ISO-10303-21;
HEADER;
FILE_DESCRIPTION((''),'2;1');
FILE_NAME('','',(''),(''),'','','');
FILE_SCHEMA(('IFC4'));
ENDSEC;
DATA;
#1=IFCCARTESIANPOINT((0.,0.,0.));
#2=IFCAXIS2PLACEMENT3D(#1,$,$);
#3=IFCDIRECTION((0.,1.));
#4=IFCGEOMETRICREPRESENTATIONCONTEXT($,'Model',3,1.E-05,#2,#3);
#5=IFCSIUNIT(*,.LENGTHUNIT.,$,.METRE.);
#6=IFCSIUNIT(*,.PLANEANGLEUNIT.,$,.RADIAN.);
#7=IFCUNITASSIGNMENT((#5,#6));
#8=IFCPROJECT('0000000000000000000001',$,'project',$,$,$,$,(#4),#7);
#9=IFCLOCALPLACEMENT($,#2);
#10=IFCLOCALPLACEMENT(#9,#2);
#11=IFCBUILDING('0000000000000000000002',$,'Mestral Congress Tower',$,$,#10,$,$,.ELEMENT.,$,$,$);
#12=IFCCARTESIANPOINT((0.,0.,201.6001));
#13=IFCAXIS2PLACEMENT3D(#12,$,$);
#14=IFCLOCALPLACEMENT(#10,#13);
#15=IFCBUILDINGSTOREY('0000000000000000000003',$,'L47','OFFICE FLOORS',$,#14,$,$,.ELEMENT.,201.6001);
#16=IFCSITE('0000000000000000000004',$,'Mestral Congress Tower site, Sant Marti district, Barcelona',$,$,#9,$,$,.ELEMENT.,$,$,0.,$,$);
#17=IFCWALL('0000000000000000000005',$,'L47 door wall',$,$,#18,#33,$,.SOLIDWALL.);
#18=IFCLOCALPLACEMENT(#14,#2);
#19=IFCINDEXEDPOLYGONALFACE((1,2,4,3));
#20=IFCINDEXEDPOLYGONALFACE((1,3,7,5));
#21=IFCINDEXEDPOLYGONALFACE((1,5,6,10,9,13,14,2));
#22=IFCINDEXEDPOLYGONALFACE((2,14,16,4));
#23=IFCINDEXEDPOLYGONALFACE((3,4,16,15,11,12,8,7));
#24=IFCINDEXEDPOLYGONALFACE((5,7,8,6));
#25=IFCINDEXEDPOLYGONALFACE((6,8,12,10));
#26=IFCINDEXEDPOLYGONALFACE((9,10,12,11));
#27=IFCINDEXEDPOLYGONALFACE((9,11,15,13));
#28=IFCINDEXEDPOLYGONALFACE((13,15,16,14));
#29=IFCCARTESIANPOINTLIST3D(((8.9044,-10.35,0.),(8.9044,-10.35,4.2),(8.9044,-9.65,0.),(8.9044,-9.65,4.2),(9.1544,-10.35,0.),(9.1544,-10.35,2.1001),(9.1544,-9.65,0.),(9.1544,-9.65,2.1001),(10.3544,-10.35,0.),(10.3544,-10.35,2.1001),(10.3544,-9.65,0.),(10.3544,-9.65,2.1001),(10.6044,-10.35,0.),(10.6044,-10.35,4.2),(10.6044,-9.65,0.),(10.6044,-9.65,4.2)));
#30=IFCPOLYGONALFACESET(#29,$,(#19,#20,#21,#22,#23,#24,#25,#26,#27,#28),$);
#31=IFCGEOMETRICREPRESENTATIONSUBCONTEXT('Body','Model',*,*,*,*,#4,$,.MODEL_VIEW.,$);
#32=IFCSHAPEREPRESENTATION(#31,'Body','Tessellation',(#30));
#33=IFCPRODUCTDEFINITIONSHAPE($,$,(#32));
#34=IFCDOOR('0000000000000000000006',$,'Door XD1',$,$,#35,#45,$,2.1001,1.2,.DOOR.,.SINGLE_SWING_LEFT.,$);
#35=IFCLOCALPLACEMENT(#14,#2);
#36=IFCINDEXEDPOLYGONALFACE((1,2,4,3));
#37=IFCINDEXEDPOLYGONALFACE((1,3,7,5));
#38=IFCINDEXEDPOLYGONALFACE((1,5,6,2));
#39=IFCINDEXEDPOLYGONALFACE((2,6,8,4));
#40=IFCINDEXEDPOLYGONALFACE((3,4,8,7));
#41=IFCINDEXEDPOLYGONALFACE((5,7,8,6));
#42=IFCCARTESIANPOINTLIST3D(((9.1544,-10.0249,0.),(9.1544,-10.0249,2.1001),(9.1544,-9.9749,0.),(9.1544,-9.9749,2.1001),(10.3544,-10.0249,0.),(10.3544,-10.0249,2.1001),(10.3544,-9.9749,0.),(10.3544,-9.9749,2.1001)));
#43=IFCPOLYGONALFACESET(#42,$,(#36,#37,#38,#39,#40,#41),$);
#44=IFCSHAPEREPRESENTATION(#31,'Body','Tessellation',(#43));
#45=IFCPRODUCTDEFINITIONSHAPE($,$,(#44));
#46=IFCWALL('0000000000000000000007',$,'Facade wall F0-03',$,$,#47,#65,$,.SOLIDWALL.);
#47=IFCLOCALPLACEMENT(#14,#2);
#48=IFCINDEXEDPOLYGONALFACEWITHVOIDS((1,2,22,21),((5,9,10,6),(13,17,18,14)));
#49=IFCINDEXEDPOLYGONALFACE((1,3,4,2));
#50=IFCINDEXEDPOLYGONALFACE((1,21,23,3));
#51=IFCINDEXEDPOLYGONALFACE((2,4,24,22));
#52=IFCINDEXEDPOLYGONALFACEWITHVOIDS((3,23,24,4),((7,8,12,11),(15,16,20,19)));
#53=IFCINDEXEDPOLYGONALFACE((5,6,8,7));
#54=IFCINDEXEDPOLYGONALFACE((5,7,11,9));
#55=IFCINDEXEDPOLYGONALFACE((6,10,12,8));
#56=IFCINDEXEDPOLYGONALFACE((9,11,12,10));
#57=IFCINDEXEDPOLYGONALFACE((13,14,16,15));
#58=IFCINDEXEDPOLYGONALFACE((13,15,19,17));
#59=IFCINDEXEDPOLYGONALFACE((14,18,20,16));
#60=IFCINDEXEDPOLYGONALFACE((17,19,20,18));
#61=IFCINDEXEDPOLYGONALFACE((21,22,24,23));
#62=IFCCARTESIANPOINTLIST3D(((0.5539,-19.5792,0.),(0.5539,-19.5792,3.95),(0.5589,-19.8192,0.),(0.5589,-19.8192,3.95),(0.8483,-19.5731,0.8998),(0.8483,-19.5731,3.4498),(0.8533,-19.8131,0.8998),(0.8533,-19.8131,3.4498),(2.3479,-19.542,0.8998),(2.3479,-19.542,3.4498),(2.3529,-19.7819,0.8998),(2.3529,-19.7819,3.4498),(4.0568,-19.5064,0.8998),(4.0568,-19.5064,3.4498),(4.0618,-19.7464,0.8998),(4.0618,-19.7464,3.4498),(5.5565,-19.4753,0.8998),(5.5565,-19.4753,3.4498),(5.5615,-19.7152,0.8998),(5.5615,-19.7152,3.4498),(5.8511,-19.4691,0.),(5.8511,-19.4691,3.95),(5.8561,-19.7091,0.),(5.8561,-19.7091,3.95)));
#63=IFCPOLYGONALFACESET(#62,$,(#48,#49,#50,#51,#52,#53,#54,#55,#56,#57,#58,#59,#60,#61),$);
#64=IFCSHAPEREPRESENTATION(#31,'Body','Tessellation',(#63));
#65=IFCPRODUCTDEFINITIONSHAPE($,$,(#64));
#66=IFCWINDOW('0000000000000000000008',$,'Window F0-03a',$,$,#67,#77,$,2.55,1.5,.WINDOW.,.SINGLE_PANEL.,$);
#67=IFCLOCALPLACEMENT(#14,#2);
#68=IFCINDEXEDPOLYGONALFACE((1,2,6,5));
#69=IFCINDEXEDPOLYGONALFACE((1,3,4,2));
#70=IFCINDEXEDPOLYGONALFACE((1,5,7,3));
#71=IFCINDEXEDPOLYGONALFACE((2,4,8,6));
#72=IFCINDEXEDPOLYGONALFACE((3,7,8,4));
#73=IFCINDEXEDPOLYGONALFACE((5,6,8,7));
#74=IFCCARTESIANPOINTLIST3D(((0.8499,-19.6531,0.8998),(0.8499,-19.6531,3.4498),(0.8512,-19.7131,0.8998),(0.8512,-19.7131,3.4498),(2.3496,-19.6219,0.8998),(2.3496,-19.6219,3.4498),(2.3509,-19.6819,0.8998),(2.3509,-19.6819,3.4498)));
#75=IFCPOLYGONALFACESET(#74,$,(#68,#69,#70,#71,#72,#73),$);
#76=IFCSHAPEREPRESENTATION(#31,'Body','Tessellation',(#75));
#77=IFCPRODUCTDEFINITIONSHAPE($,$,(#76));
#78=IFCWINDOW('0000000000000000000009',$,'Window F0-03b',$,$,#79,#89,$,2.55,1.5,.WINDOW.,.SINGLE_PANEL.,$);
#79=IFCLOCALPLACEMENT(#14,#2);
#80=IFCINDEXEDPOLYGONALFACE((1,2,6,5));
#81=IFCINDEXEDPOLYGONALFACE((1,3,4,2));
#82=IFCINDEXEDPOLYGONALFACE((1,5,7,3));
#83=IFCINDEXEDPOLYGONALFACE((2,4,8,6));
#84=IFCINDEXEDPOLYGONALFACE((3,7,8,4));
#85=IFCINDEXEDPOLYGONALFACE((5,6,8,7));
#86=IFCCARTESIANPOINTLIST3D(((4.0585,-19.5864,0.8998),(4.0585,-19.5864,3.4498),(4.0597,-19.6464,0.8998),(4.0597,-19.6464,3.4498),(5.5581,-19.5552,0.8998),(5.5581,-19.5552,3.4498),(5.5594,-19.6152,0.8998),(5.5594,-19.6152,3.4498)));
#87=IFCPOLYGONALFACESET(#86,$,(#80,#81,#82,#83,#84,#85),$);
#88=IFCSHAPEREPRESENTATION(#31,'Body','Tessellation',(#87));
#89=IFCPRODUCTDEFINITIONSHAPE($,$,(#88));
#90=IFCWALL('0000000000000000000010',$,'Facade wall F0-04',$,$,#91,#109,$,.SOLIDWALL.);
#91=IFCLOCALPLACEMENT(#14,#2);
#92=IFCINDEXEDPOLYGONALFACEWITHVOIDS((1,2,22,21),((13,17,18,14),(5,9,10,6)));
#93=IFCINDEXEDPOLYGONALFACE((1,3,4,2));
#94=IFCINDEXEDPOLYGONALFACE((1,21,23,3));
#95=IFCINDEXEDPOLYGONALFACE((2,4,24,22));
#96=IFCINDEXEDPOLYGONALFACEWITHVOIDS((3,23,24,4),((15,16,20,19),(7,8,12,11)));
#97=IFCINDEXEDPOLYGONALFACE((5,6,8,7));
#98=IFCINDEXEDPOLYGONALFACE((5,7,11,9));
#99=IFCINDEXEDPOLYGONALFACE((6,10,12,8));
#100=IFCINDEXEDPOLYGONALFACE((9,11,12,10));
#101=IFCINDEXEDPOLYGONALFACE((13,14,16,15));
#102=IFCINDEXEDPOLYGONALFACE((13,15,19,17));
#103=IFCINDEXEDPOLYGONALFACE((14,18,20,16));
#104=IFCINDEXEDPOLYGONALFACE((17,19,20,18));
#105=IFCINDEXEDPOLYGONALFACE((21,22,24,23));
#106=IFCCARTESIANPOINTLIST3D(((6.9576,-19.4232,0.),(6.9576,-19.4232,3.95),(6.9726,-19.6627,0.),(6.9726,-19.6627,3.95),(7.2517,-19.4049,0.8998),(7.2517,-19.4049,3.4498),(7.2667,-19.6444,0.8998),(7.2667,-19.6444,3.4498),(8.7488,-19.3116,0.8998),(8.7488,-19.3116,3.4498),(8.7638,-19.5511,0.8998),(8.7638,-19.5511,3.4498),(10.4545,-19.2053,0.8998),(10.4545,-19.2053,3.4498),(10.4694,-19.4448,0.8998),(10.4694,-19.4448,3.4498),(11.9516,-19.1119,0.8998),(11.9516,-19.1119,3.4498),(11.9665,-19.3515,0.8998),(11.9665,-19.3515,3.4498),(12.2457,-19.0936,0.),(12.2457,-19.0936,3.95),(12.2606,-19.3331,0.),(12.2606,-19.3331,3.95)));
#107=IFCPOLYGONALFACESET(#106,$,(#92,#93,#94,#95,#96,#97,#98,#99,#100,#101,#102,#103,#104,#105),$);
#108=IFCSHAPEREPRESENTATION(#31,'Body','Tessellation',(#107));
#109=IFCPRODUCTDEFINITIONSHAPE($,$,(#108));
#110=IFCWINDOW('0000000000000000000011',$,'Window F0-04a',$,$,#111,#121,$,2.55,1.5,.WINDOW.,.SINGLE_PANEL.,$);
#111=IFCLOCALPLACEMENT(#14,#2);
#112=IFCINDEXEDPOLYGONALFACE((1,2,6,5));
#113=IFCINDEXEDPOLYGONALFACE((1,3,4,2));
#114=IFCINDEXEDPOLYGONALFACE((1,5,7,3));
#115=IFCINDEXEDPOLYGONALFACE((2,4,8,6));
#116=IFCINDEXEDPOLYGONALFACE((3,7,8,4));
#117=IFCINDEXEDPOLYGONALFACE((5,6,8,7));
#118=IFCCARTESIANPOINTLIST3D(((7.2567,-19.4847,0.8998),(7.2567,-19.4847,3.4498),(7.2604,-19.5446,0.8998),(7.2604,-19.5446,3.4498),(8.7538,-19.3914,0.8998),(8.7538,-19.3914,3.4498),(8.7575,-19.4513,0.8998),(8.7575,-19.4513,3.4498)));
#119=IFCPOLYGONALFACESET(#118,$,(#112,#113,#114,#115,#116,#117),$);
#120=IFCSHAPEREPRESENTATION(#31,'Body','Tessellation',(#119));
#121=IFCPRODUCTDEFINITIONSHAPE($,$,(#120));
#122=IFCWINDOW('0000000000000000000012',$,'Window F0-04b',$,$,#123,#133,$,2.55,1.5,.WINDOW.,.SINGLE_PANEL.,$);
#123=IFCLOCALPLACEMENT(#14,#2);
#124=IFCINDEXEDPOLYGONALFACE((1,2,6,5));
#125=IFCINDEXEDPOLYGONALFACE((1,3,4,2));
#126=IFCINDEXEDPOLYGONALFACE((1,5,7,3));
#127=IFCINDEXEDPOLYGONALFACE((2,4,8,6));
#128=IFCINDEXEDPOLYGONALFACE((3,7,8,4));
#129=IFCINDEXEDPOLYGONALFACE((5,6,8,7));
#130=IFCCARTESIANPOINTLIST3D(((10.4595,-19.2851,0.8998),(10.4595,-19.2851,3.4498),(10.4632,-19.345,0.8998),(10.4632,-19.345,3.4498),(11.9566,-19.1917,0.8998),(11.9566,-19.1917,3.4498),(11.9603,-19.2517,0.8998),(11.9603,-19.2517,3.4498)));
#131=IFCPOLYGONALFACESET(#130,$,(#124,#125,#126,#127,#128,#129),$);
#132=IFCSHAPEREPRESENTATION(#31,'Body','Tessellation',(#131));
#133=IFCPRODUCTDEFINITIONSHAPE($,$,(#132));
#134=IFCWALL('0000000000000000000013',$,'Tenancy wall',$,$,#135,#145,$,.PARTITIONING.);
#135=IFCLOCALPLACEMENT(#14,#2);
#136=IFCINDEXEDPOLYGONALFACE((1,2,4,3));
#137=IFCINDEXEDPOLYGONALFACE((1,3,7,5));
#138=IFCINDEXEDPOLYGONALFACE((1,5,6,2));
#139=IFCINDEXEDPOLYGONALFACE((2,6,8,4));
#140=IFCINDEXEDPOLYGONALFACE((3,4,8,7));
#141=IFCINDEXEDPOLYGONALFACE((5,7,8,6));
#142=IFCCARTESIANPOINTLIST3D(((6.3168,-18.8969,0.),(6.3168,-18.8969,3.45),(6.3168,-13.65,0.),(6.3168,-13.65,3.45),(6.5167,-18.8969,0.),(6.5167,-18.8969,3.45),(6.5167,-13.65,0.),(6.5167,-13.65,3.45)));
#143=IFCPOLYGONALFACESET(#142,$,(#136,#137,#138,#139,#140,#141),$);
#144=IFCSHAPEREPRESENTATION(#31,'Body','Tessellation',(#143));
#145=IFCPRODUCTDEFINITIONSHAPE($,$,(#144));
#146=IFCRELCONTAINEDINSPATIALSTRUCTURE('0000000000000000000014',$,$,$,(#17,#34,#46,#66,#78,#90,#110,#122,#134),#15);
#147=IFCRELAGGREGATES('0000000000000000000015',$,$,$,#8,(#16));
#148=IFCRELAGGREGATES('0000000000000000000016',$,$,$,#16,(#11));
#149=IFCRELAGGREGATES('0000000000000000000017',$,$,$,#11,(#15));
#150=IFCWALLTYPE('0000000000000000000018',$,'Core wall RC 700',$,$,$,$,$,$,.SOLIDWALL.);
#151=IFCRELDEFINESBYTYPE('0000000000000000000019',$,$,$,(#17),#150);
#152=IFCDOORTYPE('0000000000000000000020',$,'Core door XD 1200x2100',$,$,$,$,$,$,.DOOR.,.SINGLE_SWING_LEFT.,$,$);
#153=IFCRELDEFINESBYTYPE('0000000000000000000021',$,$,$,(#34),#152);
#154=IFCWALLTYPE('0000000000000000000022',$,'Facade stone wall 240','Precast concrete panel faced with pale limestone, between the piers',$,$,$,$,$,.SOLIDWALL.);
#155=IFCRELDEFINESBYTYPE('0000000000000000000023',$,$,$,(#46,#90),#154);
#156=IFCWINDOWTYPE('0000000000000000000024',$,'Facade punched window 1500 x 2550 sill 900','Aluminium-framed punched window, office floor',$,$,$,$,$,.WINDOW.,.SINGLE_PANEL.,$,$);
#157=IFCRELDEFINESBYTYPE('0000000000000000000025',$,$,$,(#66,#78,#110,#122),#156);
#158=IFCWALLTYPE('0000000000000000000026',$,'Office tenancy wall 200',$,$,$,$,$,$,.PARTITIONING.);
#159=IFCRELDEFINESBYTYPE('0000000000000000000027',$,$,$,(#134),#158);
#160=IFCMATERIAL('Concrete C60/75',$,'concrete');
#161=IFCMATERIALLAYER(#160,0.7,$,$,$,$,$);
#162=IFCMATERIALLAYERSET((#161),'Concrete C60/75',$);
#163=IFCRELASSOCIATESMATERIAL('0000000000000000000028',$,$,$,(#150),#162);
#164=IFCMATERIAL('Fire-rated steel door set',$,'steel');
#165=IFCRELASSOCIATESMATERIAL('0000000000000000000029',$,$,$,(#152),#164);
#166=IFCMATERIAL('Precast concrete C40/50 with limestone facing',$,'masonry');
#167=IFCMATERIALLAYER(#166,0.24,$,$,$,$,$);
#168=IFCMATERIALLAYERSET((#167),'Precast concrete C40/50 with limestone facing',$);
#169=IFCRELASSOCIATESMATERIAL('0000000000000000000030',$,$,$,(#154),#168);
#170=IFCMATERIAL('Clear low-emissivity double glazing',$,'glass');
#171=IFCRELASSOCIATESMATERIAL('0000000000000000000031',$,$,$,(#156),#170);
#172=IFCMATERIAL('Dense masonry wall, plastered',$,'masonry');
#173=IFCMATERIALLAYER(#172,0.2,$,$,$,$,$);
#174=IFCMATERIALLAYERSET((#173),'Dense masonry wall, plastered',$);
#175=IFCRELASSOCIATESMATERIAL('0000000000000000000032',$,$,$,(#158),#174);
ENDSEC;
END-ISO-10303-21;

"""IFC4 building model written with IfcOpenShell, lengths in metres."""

from ifc_helpers import new_model, si_unit, direction, frame, frame_2d, origin, place, context, subcontext, project, spatial, rectangle, extrude, material, layer, layer_set, type_object, element, fill, save


model = new_model("IFC4")

# Units and contexts
model_context = context("Model", 3, precision=1e-05, world=origin(), true_north=direction((0.0, 1.0)))
body_context = subcontext(model_context, "Body", "Model", "MODEL_VIEW")
ifc_project = project(units=[si_unit("LENGTHUNIT", "METRE"), si_unit("PLANEANGLEUNIT", "RADIAN")], contexts=[model_context])

# Site, building, storey
site_placement = place(None, origin())
site = spatial("IfcSite", under=ifc_project, at=site_placement, Name="Mestral Congress Tower site, Sant Marti district, Barcelona", CompositionType="ELEMENT", RefElevation=0.0)
building_placement = place(site_placement, origin())
building = spatial("IfcBuilding", under=site, at=building_placement, Name="Mestral Congress Tower", CompositionType="ELEMENT")
storey_placement = place(building_placement, frame((0.0, 0.0, 201.6001)))
storey = spatial("IfcBuildingStorey", under=building, at=storey_placement, Name="L47", Description="OFFICE FLOORS", CompositionType="ELEMENT", Elevation=201.6001)

# Shared definitions
ifc_material_1 = material(Name="Concrete C60/75", Category="concrete")

# Shared definitions
ifc_material_2 = material(Name="Fire-rated steel door set", Category="steel")

# Shared definitions
ifc_layer_1 = layer(ifc_material_1, 0.7)
ifc_layer_set_1 = layer_set([ifc_layer_1], Name="Concrete C60/75")
wall_type_1 = type_object("IfcWallType", Name="Core wall RC 700", PredefinedType="SOLIDWALL", material=ifc_layer_set_1)

# Wall, opening, door
wall_1_placement = place(storey_placement, frame((10.6045, -10.0, 0.0), z_axis=(0.0, 0.0, 1.0), x_axis=(-1.0, 0.0, 0.0)))
wall_1 = element("IfcWall", 1, at=wall_1_placement, inside=storey, type_object=wall_type_1, Name="L47 door wall", PredefinedType="SOLIDWALL", context=body_context, shape_type="SweptSolid", body=[
    extrude(rectangle(XDim=1.7, YDim=0.7, at=frame_2d((0.8501, 0.0))), origin(), (0.0, 0.0, 1.0), 4.2),
])
opening_1_placement = place(wall_1_placement, frame((0.25, 0.0, 0.0)))
opening_1 = element("IfcOpeningElement", 2, at=opening_1_placement, cuts=wall_1, PredefinedType="OPENING", context=body_context, shape_type="SweptSolid", body=[
    extrude(rectangle(XDim=1.2, YDim=2.1001, at=frame_2d((0.6001, 1.05))), frame((0.0, 0.3599, 0.0), z_axis=(0.0, -1.0, 0.0), x_axis=(1.0, 0.0, 0.0)), (0.0, 0.0, 1.0), 0.72),
])
door_type_1 = type_object("IfcDoorType", Name="Core door XD 1200x2100", OperationType="SINGLE_SWING_LEFT", PredefinedType="DOOR", material=ifc_material_2)
door_1_placement = place(opening_1_placement, origin())
door_1 = element("IfcDoor", 3, at=door_1_placement, inside=storey, type_object=door_type_1, Name="Door XD1", OperationType="SINGLE_SWING_LEFT", OverallHeight=2.1001, OverallWidth=1.2, PredefinedType="DOOR", context=body_context, shape_type="SweptSolid", body=[
    extrude(rectangle(XDim=1.2, YDim=2.1001, at=frame_2d((0.6001, 1.05))), frame((0.0, 0.0249, 0.0), z_axis=(0.0, -1.0, 0.0), x_axis=(1.0, 0.0, 0.0)), (0.0, 0.0, 1.0), 0.05),
])
fill(opening_1, door_1)

# Walls, openings, windows
ifc_material_3 = material(Name="Precast concrete C40/50 with limestone facing", Category="masonry")
ifc_layer_2 = layer(ifc_material_3, 0.24)
ifc_layer_set_2 = layer_set([ifc_layer_2], Name="Precast concrete C40/50 with limestone facing")
wall_type_2 = type_object("IfcWallType", Name="Facade stone wall 240", Description="Precast concrete panel faced with pale limestone, between the piers", PredefinedType="SOLIDWALL", material=ifc_layer_set_2)
wall_2_placement = place(storey_placement, frame((0.5564, -19.6992, 0.0), z_axis=(0.0, 0.0, 1.0), x_axis=(0.999784, 0.020782, 0.0)))
wall_2 = element("IfcWall", 4, at=wall_2_placement, inside=storey, type_object=wall_type_2, Name="Facade wall F0-03", PredefinedType="SOLIDWALL", context=body_context, shape_type="SweptSolid", body=[
    extrude(rectangle(XDim=5.2983, YDim=0.24, at=frame_2d((2.6492, 0.0))), origin(), (0.0, 0.0, 1.0), 3.95),
])
opening_2_placement = place(wall_2_placement, frame((0.2944, 0.0, 0.8999)))
opening_2 = element("IfcOpeningElement", 5, at=opening_2_placement, cuts=wall_2, PredefinedType="OPENING", context=body_context, shape_type="SweptSolid", body=[
    extrude(rectangle(XDim=1.5, YDim=2.55, at=frame_2d((0.75, 1.2749))), frame((0.0, 0.1299, 0.0), z_axis=(0.0, -1.0, 0.0), x_axis=(1.0, 0.0, 0.0)), (0.0, 0.0, 1.0), 0.26),
])
opening_3_placement = place(wall_2_placement, frame((3.5037, 0.0, 0.8999)))
opening_3 = element("IfcOpeningElement", 6, at=opening_3_placement, cuts=wall_2, PredefinedType="OPENING", context=body_context, shape_type="SweptSolid", body=[
    extrude(rectangle(XDim=1.5, YDim=2.55, at=frame_2d((0.75, 1.2749))), frame((0.0, 0.1299, 0.0), z_axis=(0.0, -1.0, 0.0), x_axis=(1.0, 0.0, 0.0)), (0.0, 0.0, 1.0), 0.26),
])
ifc_material_4 = material(Name="Clear low-emissivity double glazing", Category="glass")
window_type = type_object("IfcWindowType", Name="Facade punched window 1500 x 2550 sill 900", Description="Aluminium-framed punched window, office floor", PartitioningType="SINGLE_PANEL", PredefinedType="WINDOW", material=ifc_material_4)
window_1_placement = place(opening_2_placement, origin())
window_1 = element("IfcWindow", 7, at=window_1_placement, inside=storey, type_object=window_type, Name="Window F0-03a", OverallHeight=2.55, OverallWidth=1.5, PartitioningType="SINGLE_PANEL", PredefinedType="WINDOW", context=body_context, shape_type="SweptSolid", body=[
    extrude(rectangle(XDim=1.5, YDim=2.55, at=frame_2d((0.75, 1.2749))), frame((0.0, 0.04, 0.0), z_axis=(0.0, -1.0, 0.0), x_axis=(1.0, 0.0, 0.0)), (0.0, 0.0, 1.0), 0.0601),
])
fill(opening_2, window_1)
window_2_placement = place(opening_3_placement, origin())
window_2 = element("IfcWindow", 8, at=window_2_placement, inside=storey, type_object=window_type, Name="Window F0-03b", OverallHeight=2.55, OverallWidth=1.5, PartitioningType="SINGLE_PANEL", PredefinedType="WINDOW", context=body_context, shape_type="SweptSolid", body=[
    extrude(rectangle(XDim=1.5, YDim=2.55, at=frame_2d((0.75, 1.2749))), frame((0.0, 0.04, 0.0), z_axis=(0.0, -1.0, 0.0), x_axis=(1.0, 0.0, 0.0)), (0.0, 0.0, 1.0), 0.0601),
])
fill(opening_3, window_2)
wall_3_placement = place(storey_placement, frame((6.9651, -19.543, 0.0), z_axis=(0.0, 0.0, 1.0), x_axis=(0.998063, 0.062206, 0.0)))
wall_3 = element("IfcWall", 9, at=wall_3_placement, inside=storey, type_object=wall_type_2, Name="Facade wall F0-04", PredefinedType="SOLIDWALL", context=body_context, shape_type="SweptSolid", body=[
    extrude(rectangle(XDim=5.2983, YDim=0.24, at=frame_2d((2.6492, 0.0))), origin(), (0.0, 0.0, 1.0), 3.95),
])
opening_4_placement = place(wall_3_placement, frame((0.2947, 0.0, 0.8999)))
opening_4 = element("IfcOpeningElement", 10, at=opening_4_placement, cuts=wall_3, PredefinedType="OPENING", context=body_context, shape_type="SweptSolid", body=[
    extrude(rectangle(XDim=1.5, YDim=2.55, at=frame_2d((0.75, 1.2749))), frame((0.0, 0.1299, 0.0), z_axis=(0.0, -1.0, 0.0), x_axis=(1.0, 0.0, 0.0)), (0.0, 0.0, 1.0), 0.26),
])
opening_5_placement = place(wall_3_placement, frame((3.5037, 0.0, 0.8999)))
opening_5 = element("IfcOpeningElement", 11, at=opening_5_placement, cuts=wall_3, PredefinedType="OPENING", context=body_context, shape_type="SweptSolid", body=[
    extrude(rectangle(XDim=1.5, YDim=2.55, at=frame_2d((0.75, 1.2749))), frame((0.0, 0.1299, 0.0), z_axis=(0.0, -1.0, 0.0), x_axis=(1.0, 0.0, 0.0)), (0.0, 0.0, 1.0), 0.26),
])
window_3_placement = place(opening_4_placement, origin())
window_3 = element("IfcWindow", 12, at=window_3_placement, inside=storey, type_object=window_type, Name="Window F0-04a", OverallHeight=2.55, OverallWidth=1.5, PartitioningType="SINGLE_PANEL", PredefinedType="WINDOW", context=body_context, shape_type="SweptSolid", body=[
    extrude(rectangle(XDim=1.5, YDim=2.55, at=frame_2d((0.75, 1.2749))), frame((0.0, 0.04, 0.0), z_axis=(0.0, -1.0, 0.0), x_axis=(1.0, 0.0, 0.0)), (0.0, 0.0, 1.0), 0.0601),
])
fill(opening_4, window_3)
window_4_placement = place(opening_5_placement, origin())
window_4 = element("IfcWindow", 13, at=window_4_placement, inside=storey, type_object=window_type, Name="Window F0-04b", OverallHeight=2.55, OverallWidth=1.5, PartitioningType="SINGLE_PANEL", PredefinedType="WINDOW", context=body_context, shape_type="SweptSolid", body=[
    extrude(rectangle(XDim=1.5, YDim=2.55, at=frame_2d((0.75, 1.2749))), frame((0.0, 0.04, 0.0), z_axis=(0.0, -1.0, 0.0), x_axis=(1.0, 0.0, 0.0)), (0.0, 0.0, 1.0), 0.0601),
])
fill(opening_5, window_4)

# Wall
ifc_material_5 = material(Name="Dense masonry wall, plastered", Category="masonry")
ifc_layer_3 = layer(ifc_material_5, 0.2)
ifc_layer_set_3 = layer_set([ifc_layer_3], Name="Dense masonry wall, plastered")
wall_type_3 = type_object("IfcWallType", Name="Office tenancy wall 200", PredefinedType="PARTITIONING", material=ifc_layer_set_3)
wall_4_placement = place(storey_placement, frame((6.4167, -13.6499, 0.0), z_axis=(0.0, 0.0, 1.0), x_axis=(0.0, -1.0, 0.0)))
element("IfcWall", 14, at=wall_4_placement, inside=storey, type_object=wall_type_3, Name="Tenancy wall", PredefinedType="PARTITIONING", context=body_context, shape_type="SweptSolid", body=[
    extrude(rectangle(XDim=5.2468, YDim=0.2, at=frame_2d((2.6235, 0.0))), origin(), (0.0, 0.0, 1.0), 3.45),
])

save(model, "model.ifc")
